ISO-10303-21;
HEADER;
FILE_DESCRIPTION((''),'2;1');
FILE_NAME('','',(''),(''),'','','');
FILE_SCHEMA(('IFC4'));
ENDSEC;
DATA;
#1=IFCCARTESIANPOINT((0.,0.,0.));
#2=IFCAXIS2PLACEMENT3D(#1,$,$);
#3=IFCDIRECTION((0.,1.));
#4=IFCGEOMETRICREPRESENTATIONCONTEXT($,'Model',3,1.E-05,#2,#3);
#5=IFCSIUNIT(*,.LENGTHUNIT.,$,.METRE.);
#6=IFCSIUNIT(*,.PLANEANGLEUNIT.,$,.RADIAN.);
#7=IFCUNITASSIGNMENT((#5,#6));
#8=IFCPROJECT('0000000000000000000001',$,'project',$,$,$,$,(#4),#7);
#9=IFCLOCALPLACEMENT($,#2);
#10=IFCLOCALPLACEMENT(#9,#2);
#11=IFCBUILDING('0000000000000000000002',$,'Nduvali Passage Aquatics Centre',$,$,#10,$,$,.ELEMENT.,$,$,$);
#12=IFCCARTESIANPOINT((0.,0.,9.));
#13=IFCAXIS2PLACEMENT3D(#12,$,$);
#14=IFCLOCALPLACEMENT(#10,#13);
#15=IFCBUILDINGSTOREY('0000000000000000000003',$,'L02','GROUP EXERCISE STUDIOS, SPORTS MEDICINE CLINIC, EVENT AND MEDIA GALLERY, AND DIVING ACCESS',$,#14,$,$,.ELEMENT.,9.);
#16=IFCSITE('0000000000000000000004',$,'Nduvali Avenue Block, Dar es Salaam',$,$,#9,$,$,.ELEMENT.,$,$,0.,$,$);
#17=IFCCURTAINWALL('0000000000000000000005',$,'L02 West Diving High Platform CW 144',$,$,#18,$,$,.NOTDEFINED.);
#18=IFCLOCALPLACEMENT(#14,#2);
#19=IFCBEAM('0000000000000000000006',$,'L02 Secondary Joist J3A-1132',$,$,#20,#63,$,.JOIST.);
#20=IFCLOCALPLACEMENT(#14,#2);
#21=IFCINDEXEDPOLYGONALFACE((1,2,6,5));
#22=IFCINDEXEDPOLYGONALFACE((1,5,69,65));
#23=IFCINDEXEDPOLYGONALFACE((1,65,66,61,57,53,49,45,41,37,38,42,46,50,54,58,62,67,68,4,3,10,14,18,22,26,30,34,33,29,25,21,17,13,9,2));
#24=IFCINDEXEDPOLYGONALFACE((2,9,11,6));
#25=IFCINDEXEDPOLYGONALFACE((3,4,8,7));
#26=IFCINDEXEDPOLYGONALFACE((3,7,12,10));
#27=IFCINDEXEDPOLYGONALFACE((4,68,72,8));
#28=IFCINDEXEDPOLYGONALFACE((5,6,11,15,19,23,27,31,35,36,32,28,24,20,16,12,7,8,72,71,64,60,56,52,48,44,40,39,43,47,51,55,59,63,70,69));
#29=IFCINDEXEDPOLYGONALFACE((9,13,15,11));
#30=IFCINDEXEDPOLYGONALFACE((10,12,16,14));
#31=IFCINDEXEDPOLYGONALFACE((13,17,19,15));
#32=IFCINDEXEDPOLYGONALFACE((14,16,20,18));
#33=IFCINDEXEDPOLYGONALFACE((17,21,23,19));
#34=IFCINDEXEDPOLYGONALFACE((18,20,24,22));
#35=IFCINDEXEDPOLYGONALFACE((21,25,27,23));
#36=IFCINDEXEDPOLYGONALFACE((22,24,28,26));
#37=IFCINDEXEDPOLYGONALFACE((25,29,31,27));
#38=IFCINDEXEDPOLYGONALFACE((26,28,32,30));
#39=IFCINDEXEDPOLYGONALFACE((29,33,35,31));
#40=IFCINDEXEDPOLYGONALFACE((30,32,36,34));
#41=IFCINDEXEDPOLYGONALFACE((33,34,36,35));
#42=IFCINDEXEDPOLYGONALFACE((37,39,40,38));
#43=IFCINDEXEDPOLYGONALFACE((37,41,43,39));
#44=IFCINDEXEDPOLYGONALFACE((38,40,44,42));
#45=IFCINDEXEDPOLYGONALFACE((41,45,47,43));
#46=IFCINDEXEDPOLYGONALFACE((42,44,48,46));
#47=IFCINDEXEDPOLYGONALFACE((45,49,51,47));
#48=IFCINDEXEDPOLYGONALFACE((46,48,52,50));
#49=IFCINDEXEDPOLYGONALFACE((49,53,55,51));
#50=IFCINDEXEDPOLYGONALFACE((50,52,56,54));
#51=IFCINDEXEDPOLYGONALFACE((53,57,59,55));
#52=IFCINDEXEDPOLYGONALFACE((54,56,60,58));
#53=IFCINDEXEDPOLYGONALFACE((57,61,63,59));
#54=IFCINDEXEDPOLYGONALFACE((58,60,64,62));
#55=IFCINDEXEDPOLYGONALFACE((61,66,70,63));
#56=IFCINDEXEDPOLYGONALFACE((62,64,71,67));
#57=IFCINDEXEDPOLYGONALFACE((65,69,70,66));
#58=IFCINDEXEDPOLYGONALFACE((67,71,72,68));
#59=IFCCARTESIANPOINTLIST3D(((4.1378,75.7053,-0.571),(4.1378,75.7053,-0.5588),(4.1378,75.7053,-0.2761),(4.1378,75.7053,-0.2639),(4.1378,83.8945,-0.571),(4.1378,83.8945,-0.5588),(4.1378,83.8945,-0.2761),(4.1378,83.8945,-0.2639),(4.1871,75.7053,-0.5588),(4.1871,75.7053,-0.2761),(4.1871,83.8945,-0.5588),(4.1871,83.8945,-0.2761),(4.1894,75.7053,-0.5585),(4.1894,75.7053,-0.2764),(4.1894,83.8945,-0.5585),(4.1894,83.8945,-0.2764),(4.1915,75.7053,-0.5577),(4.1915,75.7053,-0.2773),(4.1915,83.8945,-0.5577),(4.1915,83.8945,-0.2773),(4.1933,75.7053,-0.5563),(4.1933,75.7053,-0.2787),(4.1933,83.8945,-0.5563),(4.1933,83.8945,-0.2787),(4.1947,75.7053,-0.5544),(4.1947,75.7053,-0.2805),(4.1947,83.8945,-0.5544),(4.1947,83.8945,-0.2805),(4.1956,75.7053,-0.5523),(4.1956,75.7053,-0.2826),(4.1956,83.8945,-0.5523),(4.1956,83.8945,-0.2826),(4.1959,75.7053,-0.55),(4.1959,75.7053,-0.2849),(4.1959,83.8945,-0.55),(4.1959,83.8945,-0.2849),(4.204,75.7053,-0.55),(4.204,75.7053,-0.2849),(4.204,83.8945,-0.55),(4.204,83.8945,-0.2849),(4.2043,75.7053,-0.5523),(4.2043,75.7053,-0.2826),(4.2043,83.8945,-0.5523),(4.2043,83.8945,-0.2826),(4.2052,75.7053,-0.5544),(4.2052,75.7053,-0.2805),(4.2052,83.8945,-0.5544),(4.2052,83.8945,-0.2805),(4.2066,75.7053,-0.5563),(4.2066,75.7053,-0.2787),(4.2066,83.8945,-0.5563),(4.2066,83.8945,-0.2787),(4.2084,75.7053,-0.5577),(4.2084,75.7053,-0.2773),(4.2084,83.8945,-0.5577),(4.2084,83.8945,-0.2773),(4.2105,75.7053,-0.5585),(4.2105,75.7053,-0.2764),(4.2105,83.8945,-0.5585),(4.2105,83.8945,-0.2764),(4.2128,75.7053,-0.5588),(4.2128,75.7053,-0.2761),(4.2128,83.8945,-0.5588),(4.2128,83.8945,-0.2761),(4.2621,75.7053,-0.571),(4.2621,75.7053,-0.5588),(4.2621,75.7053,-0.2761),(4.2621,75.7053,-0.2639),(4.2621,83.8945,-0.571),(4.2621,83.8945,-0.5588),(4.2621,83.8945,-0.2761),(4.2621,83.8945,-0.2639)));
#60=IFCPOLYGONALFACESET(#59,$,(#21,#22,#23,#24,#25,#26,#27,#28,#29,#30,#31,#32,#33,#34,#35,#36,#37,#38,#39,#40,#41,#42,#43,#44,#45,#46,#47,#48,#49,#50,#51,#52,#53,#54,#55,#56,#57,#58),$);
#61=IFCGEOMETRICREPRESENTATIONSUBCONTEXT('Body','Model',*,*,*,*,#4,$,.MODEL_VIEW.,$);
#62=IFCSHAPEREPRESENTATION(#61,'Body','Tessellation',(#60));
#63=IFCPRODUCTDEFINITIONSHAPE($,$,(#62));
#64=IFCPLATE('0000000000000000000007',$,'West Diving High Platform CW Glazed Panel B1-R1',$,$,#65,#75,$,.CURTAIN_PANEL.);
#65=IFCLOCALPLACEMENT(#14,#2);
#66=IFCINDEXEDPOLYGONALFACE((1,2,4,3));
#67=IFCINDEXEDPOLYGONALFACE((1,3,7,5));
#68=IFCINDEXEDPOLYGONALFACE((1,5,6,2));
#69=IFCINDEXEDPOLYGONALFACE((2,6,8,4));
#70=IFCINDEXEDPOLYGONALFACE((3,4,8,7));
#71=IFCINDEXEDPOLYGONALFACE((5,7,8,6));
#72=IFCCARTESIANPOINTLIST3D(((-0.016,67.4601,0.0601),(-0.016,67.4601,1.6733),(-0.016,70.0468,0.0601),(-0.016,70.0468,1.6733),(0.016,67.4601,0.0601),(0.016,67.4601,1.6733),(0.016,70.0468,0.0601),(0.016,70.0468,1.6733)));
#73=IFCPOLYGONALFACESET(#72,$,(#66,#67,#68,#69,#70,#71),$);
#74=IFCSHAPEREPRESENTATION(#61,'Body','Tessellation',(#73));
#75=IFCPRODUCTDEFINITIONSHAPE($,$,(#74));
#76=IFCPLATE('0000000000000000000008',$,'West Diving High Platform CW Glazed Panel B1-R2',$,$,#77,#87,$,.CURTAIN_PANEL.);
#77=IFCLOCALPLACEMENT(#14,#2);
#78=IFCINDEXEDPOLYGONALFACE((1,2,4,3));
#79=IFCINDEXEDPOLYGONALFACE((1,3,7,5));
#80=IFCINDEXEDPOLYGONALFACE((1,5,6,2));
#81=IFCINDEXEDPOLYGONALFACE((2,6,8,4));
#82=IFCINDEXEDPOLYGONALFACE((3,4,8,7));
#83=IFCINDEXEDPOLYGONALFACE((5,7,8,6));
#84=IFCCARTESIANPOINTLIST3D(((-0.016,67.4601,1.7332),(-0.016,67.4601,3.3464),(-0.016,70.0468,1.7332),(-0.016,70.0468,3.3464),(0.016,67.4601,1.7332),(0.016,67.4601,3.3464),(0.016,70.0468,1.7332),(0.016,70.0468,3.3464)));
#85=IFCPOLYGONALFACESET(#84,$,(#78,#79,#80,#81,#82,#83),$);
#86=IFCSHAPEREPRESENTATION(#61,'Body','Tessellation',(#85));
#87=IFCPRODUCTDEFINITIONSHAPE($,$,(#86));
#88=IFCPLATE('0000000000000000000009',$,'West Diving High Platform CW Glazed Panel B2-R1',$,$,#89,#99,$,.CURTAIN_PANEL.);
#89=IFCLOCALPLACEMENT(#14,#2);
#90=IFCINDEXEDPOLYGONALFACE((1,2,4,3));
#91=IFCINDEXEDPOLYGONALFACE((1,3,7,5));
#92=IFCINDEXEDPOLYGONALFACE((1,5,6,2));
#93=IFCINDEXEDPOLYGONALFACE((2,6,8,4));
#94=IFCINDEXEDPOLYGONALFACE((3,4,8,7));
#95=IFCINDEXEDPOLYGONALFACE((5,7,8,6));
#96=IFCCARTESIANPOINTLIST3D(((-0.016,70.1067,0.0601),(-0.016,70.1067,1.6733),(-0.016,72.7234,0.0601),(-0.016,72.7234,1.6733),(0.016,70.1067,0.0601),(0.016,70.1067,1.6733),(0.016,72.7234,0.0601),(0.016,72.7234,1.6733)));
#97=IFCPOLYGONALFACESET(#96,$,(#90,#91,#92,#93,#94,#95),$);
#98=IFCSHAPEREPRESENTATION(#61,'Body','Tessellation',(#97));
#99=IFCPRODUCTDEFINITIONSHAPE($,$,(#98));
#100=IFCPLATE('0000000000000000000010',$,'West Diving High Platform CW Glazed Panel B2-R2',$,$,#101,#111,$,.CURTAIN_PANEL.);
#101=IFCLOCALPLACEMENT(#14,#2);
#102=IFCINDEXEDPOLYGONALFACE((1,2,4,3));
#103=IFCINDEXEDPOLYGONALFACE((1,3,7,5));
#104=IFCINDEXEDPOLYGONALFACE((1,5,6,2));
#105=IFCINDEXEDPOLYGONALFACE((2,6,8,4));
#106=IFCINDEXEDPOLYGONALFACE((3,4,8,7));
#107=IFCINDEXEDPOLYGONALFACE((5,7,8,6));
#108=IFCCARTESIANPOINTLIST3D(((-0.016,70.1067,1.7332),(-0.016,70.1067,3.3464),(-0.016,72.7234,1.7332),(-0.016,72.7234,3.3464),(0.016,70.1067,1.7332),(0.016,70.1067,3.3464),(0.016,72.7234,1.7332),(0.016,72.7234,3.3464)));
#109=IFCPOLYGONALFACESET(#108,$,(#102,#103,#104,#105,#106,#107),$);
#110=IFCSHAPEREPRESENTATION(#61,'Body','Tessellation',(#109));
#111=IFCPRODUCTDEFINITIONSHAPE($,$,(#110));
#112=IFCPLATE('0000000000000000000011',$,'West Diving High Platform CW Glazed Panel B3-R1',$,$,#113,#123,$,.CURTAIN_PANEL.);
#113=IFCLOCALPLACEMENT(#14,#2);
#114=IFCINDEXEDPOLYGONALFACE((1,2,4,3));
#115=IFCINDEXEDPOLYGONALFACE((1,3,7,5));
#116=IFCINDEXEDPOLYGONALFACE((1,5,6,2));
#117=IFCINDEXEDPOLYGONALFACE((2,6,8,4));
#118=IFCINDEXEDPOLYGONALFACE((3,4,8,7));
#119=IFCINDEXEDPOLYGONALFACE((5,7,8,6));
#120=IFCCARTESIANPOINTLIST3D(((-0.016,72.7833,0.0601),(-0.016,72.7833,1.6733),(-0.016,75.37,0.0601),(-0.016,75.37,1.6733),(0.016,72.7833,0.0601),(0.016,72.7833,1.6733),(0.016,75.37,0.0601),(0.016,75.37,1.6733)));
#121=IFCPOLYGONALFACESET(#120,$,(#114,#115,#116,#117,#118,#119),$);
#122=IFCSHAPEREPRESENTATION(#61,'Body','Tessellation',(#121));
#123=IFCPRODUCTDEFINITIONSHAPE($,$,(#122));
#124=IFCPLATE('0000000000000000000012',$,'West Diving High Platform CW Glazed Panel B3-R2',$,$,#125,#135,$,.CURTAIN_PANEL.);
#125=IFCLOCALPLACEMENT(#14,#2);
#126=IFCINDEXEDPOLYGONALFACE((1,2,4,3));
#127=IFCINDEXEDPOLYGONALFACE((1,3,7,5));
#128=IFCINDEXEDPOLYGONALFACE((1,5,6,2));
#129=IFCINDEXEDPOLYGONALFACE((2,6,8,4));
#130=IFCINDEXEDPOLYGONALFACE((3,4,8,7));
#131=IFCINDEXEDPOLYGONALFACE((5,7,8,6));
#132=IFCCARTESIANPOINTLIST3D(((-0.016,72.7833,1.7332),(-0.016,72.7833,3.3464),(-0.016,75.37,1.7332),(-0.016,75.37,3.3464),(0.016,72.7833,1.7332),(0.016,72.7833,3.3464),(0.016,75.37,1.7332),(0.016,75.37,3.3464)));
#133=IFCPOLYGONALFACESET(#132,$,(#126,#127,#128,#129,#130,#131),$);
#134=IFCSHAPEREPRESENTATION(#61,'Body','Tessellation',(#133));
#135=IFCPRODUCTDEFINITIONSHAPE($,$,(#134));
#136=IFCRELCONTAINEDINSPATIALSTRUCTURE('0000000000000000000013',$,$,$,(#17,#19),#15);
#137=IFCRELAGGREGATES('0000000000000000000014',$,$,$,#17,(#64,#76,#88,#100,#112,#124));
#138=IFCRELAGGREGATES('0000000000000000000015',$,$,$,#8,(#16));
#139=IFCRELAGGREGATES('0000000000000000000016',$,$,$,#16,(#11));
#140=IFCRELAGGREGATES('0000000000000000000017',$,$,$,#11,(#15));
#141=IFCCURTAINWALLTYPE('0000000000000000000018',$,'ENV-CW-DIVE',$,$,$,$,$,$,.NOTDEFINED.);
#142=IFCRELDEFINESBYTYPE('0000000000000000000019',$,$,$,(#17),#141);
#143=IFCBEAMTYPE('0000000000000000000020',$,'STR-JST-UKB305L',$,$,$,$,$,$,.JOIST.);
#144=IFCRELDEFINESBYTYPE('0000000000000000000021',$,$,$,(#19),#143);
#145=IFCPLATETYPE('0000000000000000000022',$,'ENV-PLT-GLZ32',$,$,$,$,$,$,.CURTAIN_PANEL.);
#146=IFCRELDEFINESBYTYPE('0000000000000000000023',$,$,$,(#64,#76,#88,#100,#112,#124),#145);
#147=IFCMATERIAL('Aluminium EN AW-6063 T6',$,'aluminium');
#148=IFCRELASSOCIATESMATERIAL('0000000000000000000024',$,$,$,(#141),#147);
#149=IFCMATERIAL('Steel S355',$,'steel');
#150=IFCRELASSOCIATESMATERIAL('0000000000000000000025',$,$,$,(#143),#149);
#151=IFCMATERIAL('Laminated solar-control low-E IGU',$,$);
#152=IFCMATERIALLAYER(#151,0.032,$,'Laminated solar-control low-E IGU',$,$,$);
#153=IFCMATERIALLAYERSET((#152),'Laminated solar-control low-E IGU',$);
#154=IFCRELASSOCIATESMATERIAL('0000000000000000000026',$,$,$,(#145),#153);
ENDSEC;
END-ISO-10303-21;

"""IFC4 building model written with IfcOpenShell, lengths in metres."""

from ifc_helpers import new_model, si_unit, direction, frame, origin, origin_2d, place, context, subcontext, project, spatial, rectangle, i_section, extrude, material, layer, layer_set, material_profile, profile_set, type_object, element, aggregate, save


model = new_model("IFC4")

# Units and contexts
model_context = context("Model", 3, precision=1e-05, world=origin(), true_north=direction((0.0, 1.0)))
body_context = subcontext(model_context, "Body", "Model", "MODEL_VIEW")
ifc_project = project(units=[si_unit("LENGTHUNIT", "METRE"), si_unit("PLANEANGLEUNIT", "RADIAN")], contexts=[model_context])

# Site, building, storey
site_placement = place(None, origin())
site = spatial("IfcSite", under=ifc_project, at=site_placement, Name="Nduvali Avenue Block, Dar es Salaam", CompositionType="ELEMENT", RefElevation=0.0)
building_placement = place(site_placement, origin())
building = spatial("IfcBuilding", under=site, at=building_placement, Name="Nduvali Passage Aquatics Centre", CompositionType="ELEMENT")
storey_placement = place(building_placement, frame((0.0, 0.0, 9.0)))
storey = spatial("IfcBuildingStorey", under=building, at=storey_placement, Name="L02", Description="GROUP EXERCISE STUDIOS, SPORTS MEDICINE CLINIC, EVENT AND MEDIA GALLERY, AND DIVING ACCESS", CompositionType="ELEMENT", Elevation=9.0)

# Shared definitions
ifc_material_1 = material(Name="Steel S355", Category="steel")

# Curtain wall
ifc_material_2 = material(Name="Aluminium EN AW-6063 T6", Category="aluminium")
curtain_wall_type = type_object("IfcCurtainWallType", Name="ENV-CW-DIVE", PredefinedType="NOTDEFINED", material=ifc_material_2)
curtain_wall_placement = place(storey_placement, origin())
curtain_wall = element("IfcCurtainWall", 1, at=curtain_wall_placement, inside=storey, type_object=curtain_wall_type, Name="L02 West Diving High Platform CW 144", PredefinedType="NOTDEFINED")

# Beam
ifc_material_profile_1 = material_profile(ifc_material_1, i_section(OverallWidth=0.1243, OverallDepth=0.3071, WebThickness=0.0081, FlangeThickness=0.0122, FilletRadius=0.0088, at=origin_2d()), Name="UKB 305x127x42")
ifc_profile_set_1 = profile_set([ifc_material_profile_1], Name="Steel S355")
beam_type_1 = type_object("IfcBeamType", Name="STR-JST-UKB305L", PredefinedType="JOIST", material=ifc_profile_set_1)
beam_1_placement = place(storey_placement, frame((4.2, 75.7053, -0.4175), z_axis=(0.0, 1.0, 0.0), x_axis=(-1.0, 0.0, 0.0)))
element("IfcBeam", 2, at=beam_1_placement, inside=storey, type_object=beam_type_1, Name="L02 Secondary Joist J3A-1132", PredefinedType="JOIST", context=body_context, shape_type="SweptSolid", body=[
    extrude(i_section(OverallWidth=0.1243, OverallDepth=0.3071, WebThickness=0.0081, FlangeThickness=0.0122, FilletRadius=0.0088, at=origin_2d()), origin(), (0.0, 0.0, 1.0), 8.1892),
])

# Plates
ifc_material_3 = material(Name="Laminated solar-control low-E IGU")
ifc_layer = layer(ifc_material_3, 0.032, Name="Laminated solar-control low-E IGU")
ifc_layer_set = layer_set([ifc_layer], Name="Laminated solar-control low-E IGU")
plate_type = type_object("IfcPlateType", Name="ENV-PLT-GLZ32", PredefinedType="CURTAIN_PANEL", material=ifc_layer_set)
plate_1_placement = place(storey_placement, frame((0.0, 68.7534, 0.0601), z_axis=(0.0, 0.0, 1.0), x_axis=(0.0, 1.0, 0.0)))
plate_1 = element("IfcPlate", 3, at=plate_1_placement, type_object=plate_type, Name="West Diving High Platform CW Glazed Panel B1-R1", PredefinedType="CURTAIN_PANEL", context=body_context, shape_type="SweptSolid", body=[
    extrude(rectangle(XDim=2.5867, YDim=0.032, at=origin_2d()), origin(), (0.0, 0.0, 1.0), 1.6133),
])
plate_2_placement = place(storey_placement, frame((0.0, 68.7534, 1.7332), z_axis=(0.0, 0.0, 1.0), x_axis=(0.0, 1.0, 0.0)))
plate_2 = element("IfcPlate", 4, at=plate_2_placement, type_object=plate_type, Name="West Diving High Platform CW Glazed Panel B1-R2", PredefinedType="CURTAIN_PANEL", context=body_context, shape_type="SweptSolid", body=[
    extrude(rectangle(XDim=2.5867, YDim=0.032, at=origin_2d()), origin(), (0.0, 0.0, 1.0), 1.6133),
])
plate_3_placement = place(storey_placement, frame((0.0, 71.415, 0.0601), z_axis=(0.0, 0.0, 1.0), x_axis=(0.0, 1.0, 0.0)))
plate_3 = element("IfcPlate", 5, at=plate_3_placement, type_object=plate_type, Name="West Diving High Platform CW Glazed Panel B2-R1", PredefinedType="CURTAIN_PANEL", context=body_context, shape_type="SweptSolid", body=[
    extrude(rectangle(XDim=2.6167, YDim=0.032, at=origin_2d()), origin(), (0.0, 0.0, 1.0), 1.6133),
])
plate_4_placement = place(storey_placement, frame((0.0, 71.415, 1.7332), z_axis=(0.0, 0.0, 1.0), x_axis=(0.0, 1.0, 0.0)))
plate_4 = element("IfcPlate", 6, at=plate_4_placement, type_object=plate_type, Name="West Diving High Platform CW Glazed Panel B2-R2", PredefinedType="CURTAIN_PANEL", context=body_context, shape_type="SweptSolid", body=[
    extrude(rectangle(XDim=2.6167, YDim=0.032, at=origin_2d()), origin(), (0.0, 0.0, 1.0), 1.6133),
])
plate_5_placement = place(storey_placement, frame((0.0, 74.0767, 0.0601), z_axis=(0.0, 0.0, 1.0), x_axis=(0.0, 1.0, 0.0)))
plate_5 = element("IfcPlate", 7, at=plate_5_placement, type_object=plate_type, Name="West Diving High Platform CW Glazed Panel B3-R1", PredefinedType="CURTAIN_PANEL", context=body_context, shape_type="SweptSolid", body=[
    extrude(rectangle(XDim=2.5867, YDim=0.032, at=origin_2d()), origin(), (0.0, 0.0, 1.0), 1.6133),
])
plate_6_placement = place(storey_placement, frame((0.0, 74.0767, 1.7332), z_axis=(0.0, 0.0, 1.0), x_axis=(0.0, 1.0, 0.0)))
plate_6 = element("IfcPlate", 8, at=plate_6_placement, type_object=plate_type, Name="West Diving High Platform CW Glazed Panel B3-R2", PredefinedType="CURTAIN_PANEL", context=body_context, shape_type="SweptSolid", body=[
    extrude(rectangle(XDim=2.5867, YDim=0.032, at=origin_2d()), origin(), (0.0, 0.0, 1.0), 1.6133),
])
aggregate(curtain_wall, [plate_1, plate_2, plate_3, plate_4, plate_5, plate_6])

save(model, "model.ifc")
